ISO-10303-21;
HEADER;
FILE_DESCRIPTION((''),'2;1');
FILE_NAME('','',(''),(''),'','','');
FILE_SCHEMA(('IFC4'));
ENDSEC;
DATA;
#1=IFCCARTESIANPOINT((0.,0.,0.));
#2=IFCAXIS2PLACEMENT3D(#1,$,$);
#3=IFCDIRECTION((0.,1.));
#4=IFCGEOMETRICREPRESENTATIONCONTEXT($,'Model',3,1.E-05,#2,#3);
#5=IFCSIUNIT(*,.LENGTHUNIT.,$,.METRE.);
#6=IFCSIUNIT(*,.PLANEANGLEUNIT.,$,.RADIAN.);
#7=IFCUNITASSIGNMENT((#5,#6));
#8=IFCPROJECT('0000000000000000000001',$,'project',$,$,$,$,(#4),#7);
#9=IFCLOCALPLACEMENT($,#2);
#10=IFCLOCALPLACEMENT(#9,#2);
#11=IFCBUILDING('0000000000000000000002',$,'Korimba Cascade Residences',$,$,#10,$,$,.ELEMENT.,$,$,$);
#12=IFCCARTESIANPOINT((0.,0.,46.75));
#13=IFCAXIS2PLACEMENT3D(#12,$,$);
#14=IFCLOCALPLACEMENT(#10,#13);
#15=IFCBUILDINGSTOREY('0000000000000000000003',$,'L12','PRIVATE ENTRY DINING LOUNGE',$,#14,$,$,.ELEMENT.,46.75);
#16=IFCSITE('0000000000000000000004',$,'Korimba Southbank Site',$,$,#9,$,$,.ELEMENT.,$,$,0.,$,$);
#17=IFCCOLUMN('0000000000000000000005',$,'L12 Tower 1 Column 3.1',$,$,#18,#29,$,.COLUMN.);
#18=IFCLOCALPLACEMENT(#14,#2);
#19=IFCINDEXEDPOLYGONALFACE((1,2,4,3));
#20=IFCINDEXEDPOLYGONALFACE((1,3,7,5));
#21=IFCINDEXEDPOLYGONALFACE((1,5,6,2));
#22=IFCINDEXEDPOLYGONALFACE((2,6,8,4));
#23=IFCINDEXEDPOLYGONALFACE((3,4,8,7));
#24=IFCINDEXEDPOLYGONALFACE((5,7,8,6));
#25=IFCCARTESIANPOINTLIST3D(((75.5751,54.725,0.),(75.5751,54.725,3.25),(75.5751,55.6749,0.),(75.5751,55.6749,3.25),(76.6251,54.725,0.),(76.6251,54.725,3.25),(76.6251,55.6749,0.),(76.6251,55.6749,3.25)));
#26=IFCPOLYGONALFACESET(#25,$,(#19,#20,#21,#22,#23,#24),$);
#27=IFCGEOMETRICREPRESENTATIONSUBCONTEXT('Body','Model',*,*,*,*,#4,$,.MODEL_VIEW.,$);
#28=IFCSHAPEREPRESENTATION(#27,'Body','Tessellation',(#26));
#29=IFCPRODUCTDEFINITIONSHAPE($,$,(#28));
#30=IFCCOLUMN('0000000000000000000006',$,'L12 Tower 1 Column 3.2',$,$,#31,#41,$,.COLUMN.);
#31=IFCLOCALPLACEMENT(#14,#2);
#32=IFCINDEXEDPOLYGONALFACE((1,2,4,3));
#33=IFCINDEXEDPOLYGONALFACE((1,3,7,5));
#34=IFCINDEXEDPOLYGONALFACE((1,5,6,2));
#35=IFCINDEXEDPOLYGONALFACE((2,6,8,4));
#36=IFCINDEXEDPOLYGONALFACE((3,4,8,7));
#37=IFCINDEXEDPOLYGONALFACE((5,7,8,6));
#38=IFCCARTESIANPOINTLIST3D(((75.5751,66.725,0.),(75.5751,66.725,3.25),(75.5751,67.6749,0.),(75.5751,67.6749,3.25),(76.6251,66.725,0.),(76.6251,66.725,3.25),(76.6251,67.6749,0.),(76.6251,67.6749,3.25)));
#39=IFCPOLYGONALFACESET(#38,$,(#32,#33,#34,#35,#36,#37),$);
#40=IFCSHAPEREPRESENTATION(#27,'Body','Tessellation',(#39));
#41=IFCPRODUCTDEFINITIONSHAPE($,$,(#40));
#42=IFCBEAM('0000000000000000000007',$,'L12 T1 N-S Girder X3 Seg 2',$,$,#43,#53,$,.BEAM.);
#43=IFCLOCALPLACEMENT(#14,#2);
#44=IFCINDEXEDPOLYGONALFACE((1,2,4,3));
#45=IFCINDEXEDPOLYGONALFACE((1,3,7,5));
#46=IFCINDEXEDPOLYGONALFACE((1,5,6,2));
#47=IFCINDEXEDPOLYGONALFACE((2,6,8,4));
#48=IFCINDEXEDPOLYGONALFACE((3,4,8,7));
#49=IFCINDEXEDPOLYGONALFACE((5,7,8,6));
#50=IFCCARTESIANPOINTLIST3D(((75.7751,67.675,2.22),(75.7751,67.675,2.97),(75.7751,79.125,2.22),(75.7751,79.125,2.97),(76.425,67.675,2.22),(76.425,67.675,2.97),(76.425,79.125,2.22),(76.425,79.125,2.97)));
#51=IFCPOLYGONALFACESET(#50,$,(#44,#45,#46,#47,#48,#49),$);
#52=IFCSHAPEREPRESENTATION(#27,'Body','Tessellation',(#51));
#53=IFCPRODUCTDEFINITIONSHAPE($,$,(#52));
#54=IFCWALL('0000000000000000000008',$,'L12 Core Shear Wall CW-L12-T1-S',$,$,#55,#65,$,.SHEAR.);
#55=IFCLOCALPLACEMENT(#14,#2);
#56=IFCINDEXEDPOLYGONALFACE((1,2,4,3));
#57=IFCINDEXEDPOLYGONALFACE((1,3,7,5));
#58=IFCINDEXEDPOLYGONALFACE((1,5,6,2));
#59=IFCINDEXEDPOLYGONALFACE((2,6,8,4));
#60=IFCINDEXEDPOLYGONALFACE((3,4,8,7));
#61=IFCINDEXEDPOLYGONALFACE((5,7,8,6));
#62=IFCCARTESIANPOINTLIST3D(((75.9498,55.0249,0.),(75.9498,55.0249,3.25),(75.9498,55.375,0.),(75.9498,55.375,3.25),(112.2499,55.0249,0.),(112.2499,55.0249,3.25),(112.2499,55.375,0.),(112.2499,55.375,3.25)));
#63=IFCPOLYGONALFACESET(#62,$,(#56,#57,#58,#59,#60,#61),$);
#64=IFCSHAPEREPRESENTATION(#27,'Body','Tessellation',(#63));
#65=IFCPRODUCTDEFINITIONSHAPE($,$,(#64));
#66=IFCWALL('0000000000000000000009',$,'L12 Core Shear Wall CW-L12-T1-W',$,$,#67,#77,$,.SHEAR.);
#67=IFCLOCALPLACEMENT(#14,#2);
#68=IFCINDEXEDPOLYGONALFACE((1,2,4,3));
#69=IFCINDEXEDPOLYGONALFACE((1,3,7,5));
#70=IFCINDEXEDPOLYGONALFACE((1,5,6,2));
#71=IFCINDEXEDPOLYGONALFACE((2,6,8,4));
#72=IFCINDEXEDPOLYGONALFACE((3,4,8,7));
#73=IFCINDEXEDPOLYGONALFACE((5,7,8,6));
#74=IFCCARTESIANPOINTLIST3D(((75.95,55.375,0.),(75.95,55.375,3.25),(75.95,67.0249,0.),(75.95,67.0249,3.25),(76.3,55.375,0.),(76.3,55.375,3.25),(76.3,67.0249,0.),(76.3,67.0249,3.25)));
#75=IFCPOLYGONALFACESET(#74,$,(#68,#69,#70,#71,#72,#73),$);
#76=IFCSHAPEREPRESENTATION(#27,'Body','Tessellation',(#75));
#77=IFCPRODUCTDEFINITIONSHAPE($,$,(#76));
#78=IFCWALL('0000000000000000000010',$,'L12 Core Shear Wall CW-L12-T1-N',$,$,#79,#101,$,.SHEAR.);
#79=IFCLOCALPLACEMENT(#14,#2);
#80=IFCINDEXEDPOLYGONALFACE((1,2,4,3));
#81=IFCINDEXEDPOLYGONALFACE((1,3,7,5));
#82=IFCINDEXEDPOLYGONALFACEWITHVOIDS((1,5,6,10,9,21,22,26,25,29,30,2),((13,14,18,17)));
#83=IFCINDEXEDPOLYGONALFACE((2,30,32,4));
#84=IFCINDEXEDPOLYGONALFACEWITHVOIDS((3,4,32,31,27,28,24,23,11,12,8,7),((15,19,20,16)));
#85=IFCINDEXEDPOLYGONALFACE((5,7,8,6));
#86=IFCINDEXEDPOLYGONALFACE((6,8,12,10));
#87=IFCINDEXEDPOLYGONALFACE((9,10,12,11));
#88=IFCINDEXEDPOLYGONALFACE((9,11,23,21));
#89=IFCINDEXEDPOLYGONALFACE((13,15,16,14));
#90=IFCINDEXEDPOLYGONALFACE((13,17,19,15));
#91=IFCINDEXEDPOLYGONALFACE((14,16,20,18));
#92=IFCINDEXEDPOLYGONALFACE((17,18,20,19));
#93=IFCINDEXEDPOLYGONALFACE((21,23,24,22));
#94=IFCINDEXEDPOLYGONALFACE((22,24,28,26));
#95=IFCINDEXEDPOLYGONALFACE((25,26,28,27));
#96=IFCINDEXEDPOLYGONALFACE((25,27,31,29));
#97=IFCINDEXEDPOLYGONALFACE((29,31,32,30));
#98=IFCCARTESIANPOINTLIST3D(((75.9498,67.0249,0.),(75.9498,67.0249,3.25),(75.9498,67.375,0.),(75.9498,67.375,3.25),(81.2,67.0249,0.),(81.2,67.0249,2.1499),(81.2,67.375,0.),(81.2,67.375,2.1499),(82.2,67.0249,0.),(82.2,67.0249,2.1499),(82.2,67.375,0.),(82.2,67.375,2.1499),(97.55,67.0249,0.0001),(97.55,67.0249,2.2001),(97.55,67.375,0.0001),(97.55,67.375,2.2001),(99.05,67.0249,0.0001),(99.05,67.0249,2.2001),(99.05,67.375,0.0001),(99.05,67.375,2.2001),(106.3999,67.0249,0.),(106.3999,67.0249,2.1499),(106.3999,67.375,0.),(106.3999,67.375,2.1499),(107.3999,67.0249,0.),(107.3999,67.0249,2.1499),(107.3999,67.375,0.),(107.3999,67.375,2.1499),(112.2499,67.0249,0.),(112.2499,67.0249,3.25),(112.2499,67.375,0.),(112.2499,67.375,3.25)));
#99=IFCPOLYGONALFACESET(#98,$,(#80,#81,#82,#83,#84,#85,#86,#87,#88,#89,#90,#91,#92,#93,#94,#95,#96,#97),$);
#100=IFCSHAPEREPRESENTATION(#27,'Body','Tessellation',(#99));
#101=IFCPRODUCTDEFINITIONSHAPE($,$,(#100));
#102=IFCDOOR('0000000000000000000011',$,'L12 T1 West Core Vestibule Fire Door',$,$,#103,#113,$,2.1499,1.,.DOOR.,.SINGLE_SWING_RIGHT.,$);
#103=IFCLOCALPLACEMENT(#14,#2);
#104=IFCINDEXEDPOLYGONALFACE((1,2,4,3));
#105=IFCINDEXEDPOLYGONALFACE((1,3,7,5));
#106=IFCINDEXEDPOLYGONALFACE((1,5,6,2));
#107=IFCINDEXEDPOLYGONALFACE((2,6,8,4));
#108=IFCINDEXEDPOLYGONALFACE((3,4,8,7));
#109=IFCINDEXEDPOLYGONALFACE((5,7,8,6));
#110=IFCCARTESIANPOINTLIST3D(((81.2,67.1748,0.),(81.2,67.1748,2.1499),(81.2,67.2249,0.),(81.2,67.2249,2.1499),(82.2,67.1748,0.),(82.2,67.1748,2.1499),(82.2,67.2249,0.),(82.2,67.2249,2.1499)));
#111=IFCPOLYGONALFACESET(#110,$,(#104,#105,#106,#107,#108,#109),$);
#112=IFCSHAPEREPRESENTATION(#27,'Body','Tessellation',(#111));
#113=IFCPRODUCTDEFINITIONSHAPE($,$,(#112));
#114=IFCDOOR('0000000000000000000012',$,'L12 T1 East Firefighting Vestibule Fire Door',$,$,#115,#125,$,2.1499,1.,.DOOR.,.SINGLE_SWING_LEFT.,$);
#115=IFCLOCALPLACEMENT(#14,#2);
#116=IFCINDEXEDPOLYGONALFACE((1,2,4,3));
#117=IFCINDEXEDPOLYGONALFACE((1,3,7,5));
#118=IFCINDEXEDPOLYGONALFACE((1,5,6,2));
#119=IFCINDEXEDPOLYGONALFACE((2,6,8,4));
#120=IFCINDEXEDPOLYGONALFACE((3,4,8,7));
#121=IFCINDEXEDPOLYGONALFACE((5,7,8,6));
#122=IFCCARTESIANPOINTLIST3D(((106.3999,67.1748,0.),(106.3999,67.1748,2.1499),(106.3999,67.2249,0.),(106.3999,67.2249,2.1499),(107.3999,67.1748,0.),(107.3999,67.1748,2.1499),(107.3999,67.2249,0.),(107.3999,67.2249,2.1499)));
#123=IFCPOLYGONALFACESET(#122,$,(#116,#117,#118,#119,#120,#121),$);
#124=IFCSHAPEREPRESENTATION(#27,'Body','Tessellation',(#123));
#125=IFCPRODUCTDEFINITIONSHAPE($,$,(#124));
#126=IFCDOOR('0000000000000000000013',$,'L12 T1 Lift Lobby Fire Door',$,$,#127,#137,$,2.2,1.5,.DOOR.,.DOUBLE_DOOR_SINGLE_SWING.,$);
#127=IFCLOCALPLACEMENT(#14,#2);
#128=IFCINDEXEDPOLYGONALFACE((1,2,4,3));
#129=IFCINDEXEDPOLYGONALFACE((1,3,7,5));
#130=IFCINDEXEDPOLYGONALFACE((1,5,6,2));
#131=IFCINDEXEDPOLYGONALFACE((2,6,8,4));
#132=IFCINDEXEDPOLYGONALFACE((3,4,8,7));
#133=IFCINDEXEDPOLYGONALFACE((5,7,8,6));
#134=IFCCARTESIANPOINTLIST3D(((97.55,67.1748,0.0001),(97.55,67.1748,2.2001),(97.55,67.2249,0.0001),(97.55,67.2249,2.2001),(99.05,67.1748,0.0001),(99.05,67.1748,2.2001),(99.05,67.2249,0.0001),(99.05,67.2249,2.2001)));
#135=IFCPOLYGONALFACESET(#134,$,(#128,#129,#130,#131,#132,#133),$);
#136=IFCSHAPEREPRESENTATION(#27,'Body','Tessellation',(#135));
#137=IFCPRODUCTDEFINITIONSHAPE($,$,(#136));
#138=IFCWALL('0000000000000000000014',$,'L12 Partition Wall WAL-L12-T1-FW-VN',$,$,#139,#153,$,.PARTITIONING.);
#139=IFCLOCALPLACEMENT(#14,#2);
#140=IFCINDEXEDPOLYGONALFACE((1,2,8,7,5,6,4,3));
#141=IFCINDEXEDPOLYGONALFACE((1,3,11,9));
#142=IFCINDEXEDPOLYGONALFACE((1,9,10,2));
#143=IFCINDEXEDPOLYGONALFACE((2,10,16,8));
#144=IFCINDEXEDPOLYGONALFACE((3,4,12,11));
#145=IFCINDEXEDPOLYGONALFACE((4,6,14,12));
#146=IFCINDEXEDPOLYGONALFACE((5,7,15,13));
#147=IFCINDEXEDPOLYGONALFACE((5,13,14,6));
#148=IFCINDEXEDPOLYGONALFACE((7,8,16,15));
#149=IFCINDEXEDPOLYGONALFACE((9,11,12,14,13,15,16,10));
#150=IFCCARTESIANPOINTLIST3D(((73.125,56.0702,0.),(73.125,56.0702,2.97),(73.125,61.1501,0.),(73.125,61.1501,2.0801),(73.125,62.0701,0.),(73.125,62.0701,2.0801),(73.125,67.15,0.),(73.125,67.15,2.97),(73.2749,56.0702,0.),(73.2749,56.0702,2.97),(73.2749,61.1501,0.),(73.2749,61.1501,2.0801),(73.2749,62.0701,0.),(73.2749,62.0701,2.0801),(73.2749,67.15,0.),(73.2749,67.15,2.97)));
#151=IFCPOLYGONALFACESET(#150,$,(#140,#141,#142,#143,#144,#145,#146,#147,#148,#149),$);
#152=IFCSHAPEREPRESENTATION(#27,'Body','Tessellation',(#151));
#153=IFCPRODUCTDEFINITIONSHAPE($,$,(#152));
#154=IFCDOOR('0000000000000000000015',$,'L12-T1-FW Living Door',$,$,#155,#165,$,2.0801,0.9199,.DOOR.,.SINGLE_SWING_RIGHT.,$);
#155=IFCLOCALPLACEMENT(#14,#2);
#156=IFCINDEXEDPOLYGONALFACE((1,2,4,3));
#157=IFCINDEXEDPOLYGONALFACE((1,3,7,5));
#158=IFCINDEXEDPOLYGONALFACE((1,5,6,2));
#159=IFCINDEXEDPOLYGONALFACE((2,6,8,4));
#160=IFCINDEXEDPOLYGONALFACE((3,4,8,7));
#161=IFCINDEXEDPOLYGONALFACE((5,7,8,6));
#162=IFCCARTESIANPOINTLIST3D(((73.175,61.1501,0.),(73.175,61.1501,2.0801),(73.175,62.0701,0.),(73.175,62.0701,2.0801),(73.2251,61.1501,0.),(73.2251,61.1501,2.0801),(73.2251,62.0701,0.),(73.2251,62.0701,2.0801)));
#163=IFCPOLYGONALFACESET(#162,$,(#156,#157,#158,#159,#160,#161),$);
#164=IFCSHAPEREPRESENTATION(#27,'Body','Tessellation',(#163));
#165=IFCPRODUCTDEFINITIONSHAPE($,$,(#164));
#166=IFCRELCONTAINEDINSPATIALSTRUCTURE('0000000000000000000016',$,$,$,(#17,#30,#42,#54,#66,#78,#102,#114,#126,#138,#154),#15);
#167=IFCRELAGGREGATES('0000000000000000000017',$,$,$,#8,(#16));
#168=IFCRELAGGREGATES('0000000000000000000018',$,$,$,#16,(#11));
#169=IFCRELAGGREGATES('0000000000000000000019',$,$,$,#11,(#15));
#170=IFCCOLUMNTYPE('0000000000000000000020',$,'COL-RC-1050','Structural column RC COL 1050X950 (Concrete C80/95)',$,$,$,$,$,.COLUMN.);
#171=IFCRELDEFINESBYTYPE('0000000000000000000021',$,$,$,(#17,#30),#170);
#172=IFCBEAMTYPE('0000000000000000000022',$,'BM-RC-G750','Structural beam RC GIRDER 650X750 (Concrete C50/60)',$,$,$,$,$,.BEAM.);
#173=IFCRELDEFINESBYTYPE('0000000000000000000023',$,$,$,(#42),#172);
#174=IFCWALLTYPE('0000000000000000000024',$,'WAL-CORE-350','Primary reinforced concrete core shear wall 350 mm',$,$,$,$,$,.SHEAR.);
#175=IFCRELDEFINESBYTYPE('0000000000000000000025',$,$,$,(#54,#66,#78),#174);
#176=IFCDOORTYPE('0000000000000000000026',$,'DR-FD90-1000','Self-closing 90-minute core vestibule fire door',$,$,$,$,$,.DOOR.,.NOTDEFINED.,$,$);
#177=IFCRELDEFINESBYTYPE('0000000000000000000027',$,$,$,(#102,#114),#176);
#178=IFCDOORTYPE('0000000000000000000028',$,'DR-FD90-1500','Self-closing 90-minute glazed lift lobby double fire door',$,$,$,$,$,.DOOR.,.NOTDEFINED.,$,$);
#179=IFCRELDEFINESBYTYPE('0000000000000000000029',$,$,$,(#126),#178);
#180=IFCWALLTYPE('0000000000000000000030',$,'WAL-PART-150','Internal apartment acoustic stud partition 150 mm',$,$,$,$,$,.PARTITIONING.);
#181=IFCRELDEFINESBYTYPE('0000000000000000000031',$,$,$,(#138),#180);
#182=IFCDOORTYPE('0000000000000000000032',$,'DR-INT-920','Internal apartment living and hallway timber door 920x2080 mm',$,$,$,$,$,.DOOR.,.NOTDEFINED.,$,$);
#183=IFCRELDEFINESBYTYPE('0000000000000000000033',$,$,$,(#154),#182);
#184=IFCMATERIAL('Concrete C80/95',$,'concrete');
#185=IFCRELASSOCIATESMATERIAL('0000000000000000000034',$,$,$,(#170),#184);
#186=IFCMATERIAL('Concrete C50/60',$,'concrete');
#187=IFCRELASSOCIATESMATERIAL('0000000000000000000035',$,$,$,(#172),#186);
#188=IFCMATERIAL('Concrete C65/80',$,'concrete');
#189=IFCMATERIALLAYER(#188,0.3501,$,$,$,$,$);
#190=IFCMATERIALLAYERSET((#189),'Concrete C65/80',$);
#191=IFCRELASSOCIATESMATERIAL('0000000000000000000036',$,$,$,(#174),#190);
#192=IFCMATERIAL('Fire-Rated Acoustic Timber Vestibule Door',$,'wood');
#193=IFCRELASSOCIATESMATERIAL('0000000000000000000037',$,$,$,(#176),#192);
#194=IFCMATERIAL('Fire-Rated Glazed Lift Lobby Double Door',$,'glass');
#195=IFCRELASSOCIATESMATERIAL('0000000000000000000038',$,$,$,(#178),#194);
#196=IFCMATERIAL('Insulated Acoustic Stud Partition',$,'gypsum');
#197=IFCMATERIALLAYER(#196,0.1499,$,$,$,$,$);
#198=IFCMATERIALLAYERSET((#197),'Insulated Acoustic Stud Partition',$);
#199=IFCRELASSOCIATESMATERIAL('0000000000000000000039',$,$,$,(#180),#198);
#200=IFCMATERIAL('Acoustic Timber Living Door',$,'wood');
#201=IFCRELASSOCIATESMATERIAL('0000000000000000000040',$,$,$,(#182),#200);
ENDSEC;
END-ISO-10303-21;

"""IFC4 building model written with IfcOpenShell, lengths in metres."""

from ifc_helpers import new_model, si_unit, direction, frame, frame_2d, origin, origin_2d, place, context, subcontext, project, spatial, rectangle, extrude, material, layer, layer_set, material_profile, profile_set, type_object, element, fill, save


model = new_model("IFC4")

# Units and contexts
model_context = context("Model", 3, precision=1e-05, world=origin(), true_north=direction((0.0, 1.0)))
body_context = subcontext(model_context, "Body", "Model", "MODEL_VIEW")
ifc_project = project(units=[si_unit("LENGTHUNIT", "METRE"), si_unit("PLANEANGLEUNIT", "RADIAN")], contexts=[model_context])

# Site, building, storey
site_placement = place(None, origin())
site = spatial("IfcSite", under=ifc_project, at=site_placement, Name="Korimba Southbank Site", CompositionType="ELEMENT", RefElevation=0.0)
building_placement = place(site_placement, origin())
building = spatial("IfcBuilding", under=site, at=building_placement, Name="Korimba Cascade Residences", CompositionType="ELEMENT")
storey_placement = place(building_placement, frame((0.0, 0.0, 46.75)))
storey = spatial("IfcBuildingStorey", under=building, at=storey_placement, Name="L12", Description="PRIVATE ENTRY DINING LOUNGE", CompositionType="ELEMENT", Elevation=46.75)

# Columns
ifc_material_1 = material(Name="Concrete C80/95", Category="concrete")
ifc_material_profile_1 = material_profile(ifc_material_1, rectangle(XDim=1.05, YDim=0.95, at=origin_2d()), Name="Concrete C80/95")
ifc_profile_set_1 = profile_set([ifc_material_profile_1], Name="Concrete C80/95")
column_type = type_object("IfcColumnType", Name="COL-RC-1050", Description="Structural column RC COL 1050X950 (Concrete C80/95)", PredefinedType="COLUMN", material=ifc_profile_set_1)
for number, where, z_axis, x_axis, name in (
    (1, (76.1001, 55.2, 0.0), (0.0, 0.0, 1.0), (1.0, 0.0, 0.0), "L12 Tower 1 Column 3.1"),
    (2, (76.1001, 67.2, 0.0), (0.0, 0.0, 1.0), (1.0, 0.0, 0.0), "L12 Tower 1 Column 3.2"),
):
    element("IfcColumn", number, at=place(storey_placement, frame(where, z_axis=z_axis, x_axis=x_axis)), inside=storey, type_object=column_type, Name=name, PredefinedType="COLUMN", context=body_context, shape_type="SweptSolid", body=[
        extrude(rectangle(XDim=1.05, YDim=0.95, at=origin_2d()), origin(), (0.0, 0.0, 1.0), 3.25),
    ])

# Beam
ifc_material_2 = material(Name="Concrete C50/60", Category="concrete")
ifc_material_profile_2 = material_profile(ifc_material_2, rectangle(XDim=0.6499, YDim=0.75, at=origin_2d()), Name="Concrete C50/60")
ifc_profile_set_2 = profile_set([ifc_material_profile_2], Name="Concrete C50/60")
beam_type = type_object("IfcBeamType", Name="BM-RC-G750", Description="Structural beam RC GIRDER 650X750 (Concrete C50/60)", PredefinedType="BEAM", material=ifc_profile_set_2)
beam_placement = place(storey_placement, frame((76.1001, 67.675, 2.595), z_axis=(0.0, 1.0, 0.0), x_axis=(-1.0, 0.0, 0.0)))
element("IfcBeam", 3, at=beam_placement, inside=storey, type_object=beam_type, Name="L12 T1 N-S Girder X3 Seg 2", PredefinedType="BEAM", context=body_context, shape_type="SweptSolid", body=[
    extrude(rectangle(XDim=0.6499, YDim=0.75, at=origin_2d()), origin(), (0.0, 0.0, 1.0), 11.45),
])

# Walls
ifc_material_3 = material(Name="Concrete C65/80", Category="concrete")
ifc_layer_1 = layer(ifc_material_3, 0.3501)
ifc_layer_set_1 = layer_set([ifc_layer_1], Name="Concrete C65/80")
wall_type_1 = type_object("IfcWallType", Name="WAL-CORE-350", Description="Primary reinforced concrete core shear wall 350 mm", PredefinedType="SHEAR", material=ifc_layer_set_1)
wall_1_placement = place(storey_placement, frame((75.95, 55.2, 0.0), z_axis=(0.0, 0.0, 1.0), x_axis=(1.0, 0.0, 0.0)))
element("IfcWall", 4, at=wall_1_placement, inside=storey, type_object=wall_type_1, Name="L12 Core Shear Wall CW-L12-T1-S", PredefinedType="SHEAR", context=body_context, shape_type="SweptSolid", body=[
    extrude(rectangle(XDim=36.3, YDim=0.3501, at=frame_2d((18.1499, 0.0))), origin(), (0.0, 0.0, 1.0), 3.25),
])
wall_2_placement = place(storey_placement, frame((76.125, 55.375, 0.0), z_axis=(0.0, 0.0, 1.0), x_axis=(0.0, 1.0, 0.0)))
element("IfcWall", 5, at=wall_2_placement, inside=storey, type_object=wall_type_1, Name="L12 Core Shear Wall CW-L12-T1-W", PredefinedType="SHEAR", context=body_context, shape_type="SweptSolid", body=[
    extrude(rectangle(XDim=11.6499, YDim=0.3501, at=frame_2d((5.825, 0.0))), origin(), (0.0, 0.0, 1.0), 3.25),
])

# Wall, openings, doors
wall_3_placement = place(storey_placement, frame((75.95, 67.2, 0.0), z_axis=(0.0, 0.0, 1.0), x_axis=(1.0, 0.0, 0.0)))
wall_3 = element("IfcWall", 6, at=wall_3_placement, inside=storey, type_object=wall_type_1, Name="L12 Core Shear Wall CW-L12-T1-N", PredefinedType="SHEAR", context=body_context, shape_type="SweptSolid", body=[
    extrude(rectangle(XDim=36.3, YDim=0.3501, at=frame_2d((18.1499, 0.0))), origin(), (0.0, 0.0, 1.0), 3.25),
])
opening_1_placement = place(wall_3_placement, frame((5.25, 0.0, 0.0)))
opening_1 = element("IfcOpeningElement", 7, at=opening_1_placement, cuts=wall_3, PredefinedType="OPENING", context=body_context, shape_type="SweptSolid", body=[
    extrude(rectangle(XDim=1.0, YDim=2.1499, at=frame_2d((0.5, 1.075))), frame((0.0, 0.1851, 0.0), z_axis=(0.0, -1.0, 0.0), x_axis=(1.0, 0.0, 0.0)), (0.0, 0.0, 1.0), 0.3701),
])
opening_2_placement = place(wall_3_placement, frame((21.6001, 0.0, 0.0)))
opening_2 = element("IfcOpeningElement", 8, at=opening_2_placement, cuts=wall_3, PredefinedType="OPENING", context=body_context, shape_type="SweptSolid", body=[
    extrude(rectangle(XDim=1.5, YDim=2.2, at=frame_2d((0.75, 1.1001))), frame((0.0, 0.1851, 0.0), z_axis=(0.0, -1.0, 0.0), x_axis=(1.0, 0.0, 0.0)), (0.0, 0.0, 1.0), 0.3701),
])
opening_3_placement = place(wall_3_placement, frame((30.45, 0.0, 0.0)))
opening_3 = element("IfcOpeningElement", 9, at=opening_3_placement, cuts=wall_3, PredefinedType="OPENING", context=body_context, shape_type="SweptSolid", body=[
    extrude(rectangle(XDim=1.0, YDim=2.1499, at=frame_2d((0.5, 1.075))), frame((0.0, 0.1851, 0.0), z_axis=(0.0, -1.0, 0.0), x_axis=(1.0, 0.0, 0.0)), (0.0, 0.0, 1.0), 0.3701),
])
ifc_material_4 = material(Name="Fire-Rated Acoustic Timber Vestibule Door", Category="wood")
door_type_1 = type_object("IfcDoorType", Name="DR-FD90-1000", Description="Self-closing 90-minute core vestibule fire door", OperationType="NOTDEFINED", PredefinedType="DOOR", material=ifc_material_4)
door_1_placement = place(opening_1_placement, origin())
door_1 = element("IfcDoor", 10, at=door_1_placement, inside=storey, type_object=door_type_1, Name="L12 T1 West Core Vestibule Fire Door", OperationType="SINGLE_SWING_RIGHT", OverallHeight=2.1499, OverallWidth=1.0, PredefinedType="DOOR", context=body_context, shape_type="SweptSolid", body=[
    extrude(rectangle(XDim=1.0, YDim=2.1499, at=frame_2d((0.5, 1.075))), frame((0.0, 0.0249, 0.0), z_axis=(0.0, -1.0, 0.0), x_axis=(1.0, 0.0, 0.0)), (0.0, 0.0, 1.0), 0.05),
])
fill(opening_1, door_1)
door_2_placement = place(opening_3_placement, origin())
door_2 = element("IfcDoor", 11, at=door_2_placement, inside=storey, type_object=door_type_1, Name="L12 T1 East Firefighting Vestibule Fire Door", OperationType="SINGLE_SWING_LEFT", OverallHeight=2.1499, OverallWidth=1.0, PredefinedType="DOOR", context=body_context, shape_type="SweptSolid", body=[
    extrude(rectangle(XDim=1.0, YDim=2.1499, at=frame_2d((0.5, 1.075))), frame((0.0, 0.0249, 0.0), z_axis=(0.0, -1.0, 0.0), x_axis=(1.0, 0.0, 0.0)), (0.0, 0.0, 1.0), 0.05),
])
fill(opening_3, door_2)
ifc_material_5 = material(Name="Fire-Rated Glazed Lift Lobby Double Door", Category="glass")
door_type_2 = type_object("IfcDoorType", Name="DR-FD90-1500", Description="Self-closing 90-minute glazed lift lobby double fire door", OperationType="NOTDEFINED", PredefinedType="DOOR", material=ifc_material_5)
door_3_placement = place(opening_2_placement, origin())
door_3 = element("IfcDoor", 12, at=door_3_placement, inside=storey, type_object=door_type_2, Name="L12 T1 Lift Lobby Fire Door", OperationType="DOUBLE_DOOR_SINGLE_SWING", OverallHeight=2.2, OverallWidth=1.5, PredefinedType="DOOR", context=body_context, shape_type="SweptSolid", body=[
    extrude(rectangle(XDim=1.5, YDim=2.2, at=frame_2d((0.75, 1.1001))), frame((0.0, 0.0249, 0.0), z_axis=(0.0, -1.0, 0.0), x_axis=(1.0, 0.0, 0.0)), (0.0, 0.0, 1.0), 0.05),
])
fill(opening_2, door_3)

# Wall, opening, door
ifc_material_6 = material(Name="Insulated Acoustic Stud Partition", Category="gypsum")
ifc_layer_2 = layer(ifc_material_6, 0.1499)
ifc_layer_set_2 = layer_set([ifc_layer_2], Name="Insulated Acoustic Stud Partition")
wall_type_2 = type_object("IfcWallType", Name="WAL-PART-150", Description="Internal apartment acoustic stud partition 150 mm", PredefinedType="PARTITIONING", material=ifc_layer_set_2)
wall_4_placement = place(storey_placement, frame((73.2, 56.0701, 0.0), z_axis=(0.0, 0.0, 1.0), x_axis=(0.0, 1.0, 0.0)))
wall_4 = element("IfcWall", 13, at=wall_4_placement, inside=storey, type_object=wall_type_2, Name="L12 Partition Wall WAL-L12-T1-FW-VN", PredefinedType="PARTITIONING", context=body_context, shape_type="SweptSolid", body=[
    extrude(rectangle(XDim=11.0798, YDim=0.1499, at=frame_2d((5.54, 0.0))), origin(), (0.0, 0.0, 1.0), 2.97),
])
opening_4_placement = place(wall_4_placement, frame((5.0801, 0.0, 0.0)))
opening_4 = element("IfcOpeningElement", 14, at=opening_4_placement, cuts=wall_4, PredefinedType="OPENING", context=body_context, shape_type="SweptSolid", body=[
    extrude(rectangle(XDim=0.9199, YDim=2.0801, at=frame_2d((0.46, 1.04))), frame((0.0, 0.085, 0.0), z_axis=(0.0, -1.0, 0.0), x_axis=(1.0, 0.0, 0.0)), (0.0, 0.0, 1.0), 0.1699),
])
ifc_material_7 = material(Name="Acoustic Timber Living Door", Category="wood")
door_type_3 = type_object("IfcDoorType", Name="DR-INT-920", Description="Internal apartment living and hallway timber door 920x2080 mm", OperationType="NOTDEFINED", PredefinedType="DOOR", material=ifc_material_7)
door_4_placement = place(opening_4_placement, origin())
door_4 = element("IfcDoor", 15, at=door_4_placement, inside=storey, type_object=door_type_3, Name="L12-T1-FW Living Door", OperationType="SINGLE_SWING_RIGHT", OverallHeight=2.0801, OverallWidth=0.9199, PredefinedType="DOOR", context=body_context, shape_type="SweptSolid", body=[
    extrude(rectangle(XDim=0.9199, YDim=2.0801, at=frame_2d((0.46, 1.04))), frame((0.0, 0.0249, 0.0), z_axis=(0.0, -1.0, 0.0), x_axis=(1.0, 0.0, 0.0)), (0.0, 0.0, 1.0), 0.05),
])
fill(opening_4, door_4)

save(model, "model.ifc")
